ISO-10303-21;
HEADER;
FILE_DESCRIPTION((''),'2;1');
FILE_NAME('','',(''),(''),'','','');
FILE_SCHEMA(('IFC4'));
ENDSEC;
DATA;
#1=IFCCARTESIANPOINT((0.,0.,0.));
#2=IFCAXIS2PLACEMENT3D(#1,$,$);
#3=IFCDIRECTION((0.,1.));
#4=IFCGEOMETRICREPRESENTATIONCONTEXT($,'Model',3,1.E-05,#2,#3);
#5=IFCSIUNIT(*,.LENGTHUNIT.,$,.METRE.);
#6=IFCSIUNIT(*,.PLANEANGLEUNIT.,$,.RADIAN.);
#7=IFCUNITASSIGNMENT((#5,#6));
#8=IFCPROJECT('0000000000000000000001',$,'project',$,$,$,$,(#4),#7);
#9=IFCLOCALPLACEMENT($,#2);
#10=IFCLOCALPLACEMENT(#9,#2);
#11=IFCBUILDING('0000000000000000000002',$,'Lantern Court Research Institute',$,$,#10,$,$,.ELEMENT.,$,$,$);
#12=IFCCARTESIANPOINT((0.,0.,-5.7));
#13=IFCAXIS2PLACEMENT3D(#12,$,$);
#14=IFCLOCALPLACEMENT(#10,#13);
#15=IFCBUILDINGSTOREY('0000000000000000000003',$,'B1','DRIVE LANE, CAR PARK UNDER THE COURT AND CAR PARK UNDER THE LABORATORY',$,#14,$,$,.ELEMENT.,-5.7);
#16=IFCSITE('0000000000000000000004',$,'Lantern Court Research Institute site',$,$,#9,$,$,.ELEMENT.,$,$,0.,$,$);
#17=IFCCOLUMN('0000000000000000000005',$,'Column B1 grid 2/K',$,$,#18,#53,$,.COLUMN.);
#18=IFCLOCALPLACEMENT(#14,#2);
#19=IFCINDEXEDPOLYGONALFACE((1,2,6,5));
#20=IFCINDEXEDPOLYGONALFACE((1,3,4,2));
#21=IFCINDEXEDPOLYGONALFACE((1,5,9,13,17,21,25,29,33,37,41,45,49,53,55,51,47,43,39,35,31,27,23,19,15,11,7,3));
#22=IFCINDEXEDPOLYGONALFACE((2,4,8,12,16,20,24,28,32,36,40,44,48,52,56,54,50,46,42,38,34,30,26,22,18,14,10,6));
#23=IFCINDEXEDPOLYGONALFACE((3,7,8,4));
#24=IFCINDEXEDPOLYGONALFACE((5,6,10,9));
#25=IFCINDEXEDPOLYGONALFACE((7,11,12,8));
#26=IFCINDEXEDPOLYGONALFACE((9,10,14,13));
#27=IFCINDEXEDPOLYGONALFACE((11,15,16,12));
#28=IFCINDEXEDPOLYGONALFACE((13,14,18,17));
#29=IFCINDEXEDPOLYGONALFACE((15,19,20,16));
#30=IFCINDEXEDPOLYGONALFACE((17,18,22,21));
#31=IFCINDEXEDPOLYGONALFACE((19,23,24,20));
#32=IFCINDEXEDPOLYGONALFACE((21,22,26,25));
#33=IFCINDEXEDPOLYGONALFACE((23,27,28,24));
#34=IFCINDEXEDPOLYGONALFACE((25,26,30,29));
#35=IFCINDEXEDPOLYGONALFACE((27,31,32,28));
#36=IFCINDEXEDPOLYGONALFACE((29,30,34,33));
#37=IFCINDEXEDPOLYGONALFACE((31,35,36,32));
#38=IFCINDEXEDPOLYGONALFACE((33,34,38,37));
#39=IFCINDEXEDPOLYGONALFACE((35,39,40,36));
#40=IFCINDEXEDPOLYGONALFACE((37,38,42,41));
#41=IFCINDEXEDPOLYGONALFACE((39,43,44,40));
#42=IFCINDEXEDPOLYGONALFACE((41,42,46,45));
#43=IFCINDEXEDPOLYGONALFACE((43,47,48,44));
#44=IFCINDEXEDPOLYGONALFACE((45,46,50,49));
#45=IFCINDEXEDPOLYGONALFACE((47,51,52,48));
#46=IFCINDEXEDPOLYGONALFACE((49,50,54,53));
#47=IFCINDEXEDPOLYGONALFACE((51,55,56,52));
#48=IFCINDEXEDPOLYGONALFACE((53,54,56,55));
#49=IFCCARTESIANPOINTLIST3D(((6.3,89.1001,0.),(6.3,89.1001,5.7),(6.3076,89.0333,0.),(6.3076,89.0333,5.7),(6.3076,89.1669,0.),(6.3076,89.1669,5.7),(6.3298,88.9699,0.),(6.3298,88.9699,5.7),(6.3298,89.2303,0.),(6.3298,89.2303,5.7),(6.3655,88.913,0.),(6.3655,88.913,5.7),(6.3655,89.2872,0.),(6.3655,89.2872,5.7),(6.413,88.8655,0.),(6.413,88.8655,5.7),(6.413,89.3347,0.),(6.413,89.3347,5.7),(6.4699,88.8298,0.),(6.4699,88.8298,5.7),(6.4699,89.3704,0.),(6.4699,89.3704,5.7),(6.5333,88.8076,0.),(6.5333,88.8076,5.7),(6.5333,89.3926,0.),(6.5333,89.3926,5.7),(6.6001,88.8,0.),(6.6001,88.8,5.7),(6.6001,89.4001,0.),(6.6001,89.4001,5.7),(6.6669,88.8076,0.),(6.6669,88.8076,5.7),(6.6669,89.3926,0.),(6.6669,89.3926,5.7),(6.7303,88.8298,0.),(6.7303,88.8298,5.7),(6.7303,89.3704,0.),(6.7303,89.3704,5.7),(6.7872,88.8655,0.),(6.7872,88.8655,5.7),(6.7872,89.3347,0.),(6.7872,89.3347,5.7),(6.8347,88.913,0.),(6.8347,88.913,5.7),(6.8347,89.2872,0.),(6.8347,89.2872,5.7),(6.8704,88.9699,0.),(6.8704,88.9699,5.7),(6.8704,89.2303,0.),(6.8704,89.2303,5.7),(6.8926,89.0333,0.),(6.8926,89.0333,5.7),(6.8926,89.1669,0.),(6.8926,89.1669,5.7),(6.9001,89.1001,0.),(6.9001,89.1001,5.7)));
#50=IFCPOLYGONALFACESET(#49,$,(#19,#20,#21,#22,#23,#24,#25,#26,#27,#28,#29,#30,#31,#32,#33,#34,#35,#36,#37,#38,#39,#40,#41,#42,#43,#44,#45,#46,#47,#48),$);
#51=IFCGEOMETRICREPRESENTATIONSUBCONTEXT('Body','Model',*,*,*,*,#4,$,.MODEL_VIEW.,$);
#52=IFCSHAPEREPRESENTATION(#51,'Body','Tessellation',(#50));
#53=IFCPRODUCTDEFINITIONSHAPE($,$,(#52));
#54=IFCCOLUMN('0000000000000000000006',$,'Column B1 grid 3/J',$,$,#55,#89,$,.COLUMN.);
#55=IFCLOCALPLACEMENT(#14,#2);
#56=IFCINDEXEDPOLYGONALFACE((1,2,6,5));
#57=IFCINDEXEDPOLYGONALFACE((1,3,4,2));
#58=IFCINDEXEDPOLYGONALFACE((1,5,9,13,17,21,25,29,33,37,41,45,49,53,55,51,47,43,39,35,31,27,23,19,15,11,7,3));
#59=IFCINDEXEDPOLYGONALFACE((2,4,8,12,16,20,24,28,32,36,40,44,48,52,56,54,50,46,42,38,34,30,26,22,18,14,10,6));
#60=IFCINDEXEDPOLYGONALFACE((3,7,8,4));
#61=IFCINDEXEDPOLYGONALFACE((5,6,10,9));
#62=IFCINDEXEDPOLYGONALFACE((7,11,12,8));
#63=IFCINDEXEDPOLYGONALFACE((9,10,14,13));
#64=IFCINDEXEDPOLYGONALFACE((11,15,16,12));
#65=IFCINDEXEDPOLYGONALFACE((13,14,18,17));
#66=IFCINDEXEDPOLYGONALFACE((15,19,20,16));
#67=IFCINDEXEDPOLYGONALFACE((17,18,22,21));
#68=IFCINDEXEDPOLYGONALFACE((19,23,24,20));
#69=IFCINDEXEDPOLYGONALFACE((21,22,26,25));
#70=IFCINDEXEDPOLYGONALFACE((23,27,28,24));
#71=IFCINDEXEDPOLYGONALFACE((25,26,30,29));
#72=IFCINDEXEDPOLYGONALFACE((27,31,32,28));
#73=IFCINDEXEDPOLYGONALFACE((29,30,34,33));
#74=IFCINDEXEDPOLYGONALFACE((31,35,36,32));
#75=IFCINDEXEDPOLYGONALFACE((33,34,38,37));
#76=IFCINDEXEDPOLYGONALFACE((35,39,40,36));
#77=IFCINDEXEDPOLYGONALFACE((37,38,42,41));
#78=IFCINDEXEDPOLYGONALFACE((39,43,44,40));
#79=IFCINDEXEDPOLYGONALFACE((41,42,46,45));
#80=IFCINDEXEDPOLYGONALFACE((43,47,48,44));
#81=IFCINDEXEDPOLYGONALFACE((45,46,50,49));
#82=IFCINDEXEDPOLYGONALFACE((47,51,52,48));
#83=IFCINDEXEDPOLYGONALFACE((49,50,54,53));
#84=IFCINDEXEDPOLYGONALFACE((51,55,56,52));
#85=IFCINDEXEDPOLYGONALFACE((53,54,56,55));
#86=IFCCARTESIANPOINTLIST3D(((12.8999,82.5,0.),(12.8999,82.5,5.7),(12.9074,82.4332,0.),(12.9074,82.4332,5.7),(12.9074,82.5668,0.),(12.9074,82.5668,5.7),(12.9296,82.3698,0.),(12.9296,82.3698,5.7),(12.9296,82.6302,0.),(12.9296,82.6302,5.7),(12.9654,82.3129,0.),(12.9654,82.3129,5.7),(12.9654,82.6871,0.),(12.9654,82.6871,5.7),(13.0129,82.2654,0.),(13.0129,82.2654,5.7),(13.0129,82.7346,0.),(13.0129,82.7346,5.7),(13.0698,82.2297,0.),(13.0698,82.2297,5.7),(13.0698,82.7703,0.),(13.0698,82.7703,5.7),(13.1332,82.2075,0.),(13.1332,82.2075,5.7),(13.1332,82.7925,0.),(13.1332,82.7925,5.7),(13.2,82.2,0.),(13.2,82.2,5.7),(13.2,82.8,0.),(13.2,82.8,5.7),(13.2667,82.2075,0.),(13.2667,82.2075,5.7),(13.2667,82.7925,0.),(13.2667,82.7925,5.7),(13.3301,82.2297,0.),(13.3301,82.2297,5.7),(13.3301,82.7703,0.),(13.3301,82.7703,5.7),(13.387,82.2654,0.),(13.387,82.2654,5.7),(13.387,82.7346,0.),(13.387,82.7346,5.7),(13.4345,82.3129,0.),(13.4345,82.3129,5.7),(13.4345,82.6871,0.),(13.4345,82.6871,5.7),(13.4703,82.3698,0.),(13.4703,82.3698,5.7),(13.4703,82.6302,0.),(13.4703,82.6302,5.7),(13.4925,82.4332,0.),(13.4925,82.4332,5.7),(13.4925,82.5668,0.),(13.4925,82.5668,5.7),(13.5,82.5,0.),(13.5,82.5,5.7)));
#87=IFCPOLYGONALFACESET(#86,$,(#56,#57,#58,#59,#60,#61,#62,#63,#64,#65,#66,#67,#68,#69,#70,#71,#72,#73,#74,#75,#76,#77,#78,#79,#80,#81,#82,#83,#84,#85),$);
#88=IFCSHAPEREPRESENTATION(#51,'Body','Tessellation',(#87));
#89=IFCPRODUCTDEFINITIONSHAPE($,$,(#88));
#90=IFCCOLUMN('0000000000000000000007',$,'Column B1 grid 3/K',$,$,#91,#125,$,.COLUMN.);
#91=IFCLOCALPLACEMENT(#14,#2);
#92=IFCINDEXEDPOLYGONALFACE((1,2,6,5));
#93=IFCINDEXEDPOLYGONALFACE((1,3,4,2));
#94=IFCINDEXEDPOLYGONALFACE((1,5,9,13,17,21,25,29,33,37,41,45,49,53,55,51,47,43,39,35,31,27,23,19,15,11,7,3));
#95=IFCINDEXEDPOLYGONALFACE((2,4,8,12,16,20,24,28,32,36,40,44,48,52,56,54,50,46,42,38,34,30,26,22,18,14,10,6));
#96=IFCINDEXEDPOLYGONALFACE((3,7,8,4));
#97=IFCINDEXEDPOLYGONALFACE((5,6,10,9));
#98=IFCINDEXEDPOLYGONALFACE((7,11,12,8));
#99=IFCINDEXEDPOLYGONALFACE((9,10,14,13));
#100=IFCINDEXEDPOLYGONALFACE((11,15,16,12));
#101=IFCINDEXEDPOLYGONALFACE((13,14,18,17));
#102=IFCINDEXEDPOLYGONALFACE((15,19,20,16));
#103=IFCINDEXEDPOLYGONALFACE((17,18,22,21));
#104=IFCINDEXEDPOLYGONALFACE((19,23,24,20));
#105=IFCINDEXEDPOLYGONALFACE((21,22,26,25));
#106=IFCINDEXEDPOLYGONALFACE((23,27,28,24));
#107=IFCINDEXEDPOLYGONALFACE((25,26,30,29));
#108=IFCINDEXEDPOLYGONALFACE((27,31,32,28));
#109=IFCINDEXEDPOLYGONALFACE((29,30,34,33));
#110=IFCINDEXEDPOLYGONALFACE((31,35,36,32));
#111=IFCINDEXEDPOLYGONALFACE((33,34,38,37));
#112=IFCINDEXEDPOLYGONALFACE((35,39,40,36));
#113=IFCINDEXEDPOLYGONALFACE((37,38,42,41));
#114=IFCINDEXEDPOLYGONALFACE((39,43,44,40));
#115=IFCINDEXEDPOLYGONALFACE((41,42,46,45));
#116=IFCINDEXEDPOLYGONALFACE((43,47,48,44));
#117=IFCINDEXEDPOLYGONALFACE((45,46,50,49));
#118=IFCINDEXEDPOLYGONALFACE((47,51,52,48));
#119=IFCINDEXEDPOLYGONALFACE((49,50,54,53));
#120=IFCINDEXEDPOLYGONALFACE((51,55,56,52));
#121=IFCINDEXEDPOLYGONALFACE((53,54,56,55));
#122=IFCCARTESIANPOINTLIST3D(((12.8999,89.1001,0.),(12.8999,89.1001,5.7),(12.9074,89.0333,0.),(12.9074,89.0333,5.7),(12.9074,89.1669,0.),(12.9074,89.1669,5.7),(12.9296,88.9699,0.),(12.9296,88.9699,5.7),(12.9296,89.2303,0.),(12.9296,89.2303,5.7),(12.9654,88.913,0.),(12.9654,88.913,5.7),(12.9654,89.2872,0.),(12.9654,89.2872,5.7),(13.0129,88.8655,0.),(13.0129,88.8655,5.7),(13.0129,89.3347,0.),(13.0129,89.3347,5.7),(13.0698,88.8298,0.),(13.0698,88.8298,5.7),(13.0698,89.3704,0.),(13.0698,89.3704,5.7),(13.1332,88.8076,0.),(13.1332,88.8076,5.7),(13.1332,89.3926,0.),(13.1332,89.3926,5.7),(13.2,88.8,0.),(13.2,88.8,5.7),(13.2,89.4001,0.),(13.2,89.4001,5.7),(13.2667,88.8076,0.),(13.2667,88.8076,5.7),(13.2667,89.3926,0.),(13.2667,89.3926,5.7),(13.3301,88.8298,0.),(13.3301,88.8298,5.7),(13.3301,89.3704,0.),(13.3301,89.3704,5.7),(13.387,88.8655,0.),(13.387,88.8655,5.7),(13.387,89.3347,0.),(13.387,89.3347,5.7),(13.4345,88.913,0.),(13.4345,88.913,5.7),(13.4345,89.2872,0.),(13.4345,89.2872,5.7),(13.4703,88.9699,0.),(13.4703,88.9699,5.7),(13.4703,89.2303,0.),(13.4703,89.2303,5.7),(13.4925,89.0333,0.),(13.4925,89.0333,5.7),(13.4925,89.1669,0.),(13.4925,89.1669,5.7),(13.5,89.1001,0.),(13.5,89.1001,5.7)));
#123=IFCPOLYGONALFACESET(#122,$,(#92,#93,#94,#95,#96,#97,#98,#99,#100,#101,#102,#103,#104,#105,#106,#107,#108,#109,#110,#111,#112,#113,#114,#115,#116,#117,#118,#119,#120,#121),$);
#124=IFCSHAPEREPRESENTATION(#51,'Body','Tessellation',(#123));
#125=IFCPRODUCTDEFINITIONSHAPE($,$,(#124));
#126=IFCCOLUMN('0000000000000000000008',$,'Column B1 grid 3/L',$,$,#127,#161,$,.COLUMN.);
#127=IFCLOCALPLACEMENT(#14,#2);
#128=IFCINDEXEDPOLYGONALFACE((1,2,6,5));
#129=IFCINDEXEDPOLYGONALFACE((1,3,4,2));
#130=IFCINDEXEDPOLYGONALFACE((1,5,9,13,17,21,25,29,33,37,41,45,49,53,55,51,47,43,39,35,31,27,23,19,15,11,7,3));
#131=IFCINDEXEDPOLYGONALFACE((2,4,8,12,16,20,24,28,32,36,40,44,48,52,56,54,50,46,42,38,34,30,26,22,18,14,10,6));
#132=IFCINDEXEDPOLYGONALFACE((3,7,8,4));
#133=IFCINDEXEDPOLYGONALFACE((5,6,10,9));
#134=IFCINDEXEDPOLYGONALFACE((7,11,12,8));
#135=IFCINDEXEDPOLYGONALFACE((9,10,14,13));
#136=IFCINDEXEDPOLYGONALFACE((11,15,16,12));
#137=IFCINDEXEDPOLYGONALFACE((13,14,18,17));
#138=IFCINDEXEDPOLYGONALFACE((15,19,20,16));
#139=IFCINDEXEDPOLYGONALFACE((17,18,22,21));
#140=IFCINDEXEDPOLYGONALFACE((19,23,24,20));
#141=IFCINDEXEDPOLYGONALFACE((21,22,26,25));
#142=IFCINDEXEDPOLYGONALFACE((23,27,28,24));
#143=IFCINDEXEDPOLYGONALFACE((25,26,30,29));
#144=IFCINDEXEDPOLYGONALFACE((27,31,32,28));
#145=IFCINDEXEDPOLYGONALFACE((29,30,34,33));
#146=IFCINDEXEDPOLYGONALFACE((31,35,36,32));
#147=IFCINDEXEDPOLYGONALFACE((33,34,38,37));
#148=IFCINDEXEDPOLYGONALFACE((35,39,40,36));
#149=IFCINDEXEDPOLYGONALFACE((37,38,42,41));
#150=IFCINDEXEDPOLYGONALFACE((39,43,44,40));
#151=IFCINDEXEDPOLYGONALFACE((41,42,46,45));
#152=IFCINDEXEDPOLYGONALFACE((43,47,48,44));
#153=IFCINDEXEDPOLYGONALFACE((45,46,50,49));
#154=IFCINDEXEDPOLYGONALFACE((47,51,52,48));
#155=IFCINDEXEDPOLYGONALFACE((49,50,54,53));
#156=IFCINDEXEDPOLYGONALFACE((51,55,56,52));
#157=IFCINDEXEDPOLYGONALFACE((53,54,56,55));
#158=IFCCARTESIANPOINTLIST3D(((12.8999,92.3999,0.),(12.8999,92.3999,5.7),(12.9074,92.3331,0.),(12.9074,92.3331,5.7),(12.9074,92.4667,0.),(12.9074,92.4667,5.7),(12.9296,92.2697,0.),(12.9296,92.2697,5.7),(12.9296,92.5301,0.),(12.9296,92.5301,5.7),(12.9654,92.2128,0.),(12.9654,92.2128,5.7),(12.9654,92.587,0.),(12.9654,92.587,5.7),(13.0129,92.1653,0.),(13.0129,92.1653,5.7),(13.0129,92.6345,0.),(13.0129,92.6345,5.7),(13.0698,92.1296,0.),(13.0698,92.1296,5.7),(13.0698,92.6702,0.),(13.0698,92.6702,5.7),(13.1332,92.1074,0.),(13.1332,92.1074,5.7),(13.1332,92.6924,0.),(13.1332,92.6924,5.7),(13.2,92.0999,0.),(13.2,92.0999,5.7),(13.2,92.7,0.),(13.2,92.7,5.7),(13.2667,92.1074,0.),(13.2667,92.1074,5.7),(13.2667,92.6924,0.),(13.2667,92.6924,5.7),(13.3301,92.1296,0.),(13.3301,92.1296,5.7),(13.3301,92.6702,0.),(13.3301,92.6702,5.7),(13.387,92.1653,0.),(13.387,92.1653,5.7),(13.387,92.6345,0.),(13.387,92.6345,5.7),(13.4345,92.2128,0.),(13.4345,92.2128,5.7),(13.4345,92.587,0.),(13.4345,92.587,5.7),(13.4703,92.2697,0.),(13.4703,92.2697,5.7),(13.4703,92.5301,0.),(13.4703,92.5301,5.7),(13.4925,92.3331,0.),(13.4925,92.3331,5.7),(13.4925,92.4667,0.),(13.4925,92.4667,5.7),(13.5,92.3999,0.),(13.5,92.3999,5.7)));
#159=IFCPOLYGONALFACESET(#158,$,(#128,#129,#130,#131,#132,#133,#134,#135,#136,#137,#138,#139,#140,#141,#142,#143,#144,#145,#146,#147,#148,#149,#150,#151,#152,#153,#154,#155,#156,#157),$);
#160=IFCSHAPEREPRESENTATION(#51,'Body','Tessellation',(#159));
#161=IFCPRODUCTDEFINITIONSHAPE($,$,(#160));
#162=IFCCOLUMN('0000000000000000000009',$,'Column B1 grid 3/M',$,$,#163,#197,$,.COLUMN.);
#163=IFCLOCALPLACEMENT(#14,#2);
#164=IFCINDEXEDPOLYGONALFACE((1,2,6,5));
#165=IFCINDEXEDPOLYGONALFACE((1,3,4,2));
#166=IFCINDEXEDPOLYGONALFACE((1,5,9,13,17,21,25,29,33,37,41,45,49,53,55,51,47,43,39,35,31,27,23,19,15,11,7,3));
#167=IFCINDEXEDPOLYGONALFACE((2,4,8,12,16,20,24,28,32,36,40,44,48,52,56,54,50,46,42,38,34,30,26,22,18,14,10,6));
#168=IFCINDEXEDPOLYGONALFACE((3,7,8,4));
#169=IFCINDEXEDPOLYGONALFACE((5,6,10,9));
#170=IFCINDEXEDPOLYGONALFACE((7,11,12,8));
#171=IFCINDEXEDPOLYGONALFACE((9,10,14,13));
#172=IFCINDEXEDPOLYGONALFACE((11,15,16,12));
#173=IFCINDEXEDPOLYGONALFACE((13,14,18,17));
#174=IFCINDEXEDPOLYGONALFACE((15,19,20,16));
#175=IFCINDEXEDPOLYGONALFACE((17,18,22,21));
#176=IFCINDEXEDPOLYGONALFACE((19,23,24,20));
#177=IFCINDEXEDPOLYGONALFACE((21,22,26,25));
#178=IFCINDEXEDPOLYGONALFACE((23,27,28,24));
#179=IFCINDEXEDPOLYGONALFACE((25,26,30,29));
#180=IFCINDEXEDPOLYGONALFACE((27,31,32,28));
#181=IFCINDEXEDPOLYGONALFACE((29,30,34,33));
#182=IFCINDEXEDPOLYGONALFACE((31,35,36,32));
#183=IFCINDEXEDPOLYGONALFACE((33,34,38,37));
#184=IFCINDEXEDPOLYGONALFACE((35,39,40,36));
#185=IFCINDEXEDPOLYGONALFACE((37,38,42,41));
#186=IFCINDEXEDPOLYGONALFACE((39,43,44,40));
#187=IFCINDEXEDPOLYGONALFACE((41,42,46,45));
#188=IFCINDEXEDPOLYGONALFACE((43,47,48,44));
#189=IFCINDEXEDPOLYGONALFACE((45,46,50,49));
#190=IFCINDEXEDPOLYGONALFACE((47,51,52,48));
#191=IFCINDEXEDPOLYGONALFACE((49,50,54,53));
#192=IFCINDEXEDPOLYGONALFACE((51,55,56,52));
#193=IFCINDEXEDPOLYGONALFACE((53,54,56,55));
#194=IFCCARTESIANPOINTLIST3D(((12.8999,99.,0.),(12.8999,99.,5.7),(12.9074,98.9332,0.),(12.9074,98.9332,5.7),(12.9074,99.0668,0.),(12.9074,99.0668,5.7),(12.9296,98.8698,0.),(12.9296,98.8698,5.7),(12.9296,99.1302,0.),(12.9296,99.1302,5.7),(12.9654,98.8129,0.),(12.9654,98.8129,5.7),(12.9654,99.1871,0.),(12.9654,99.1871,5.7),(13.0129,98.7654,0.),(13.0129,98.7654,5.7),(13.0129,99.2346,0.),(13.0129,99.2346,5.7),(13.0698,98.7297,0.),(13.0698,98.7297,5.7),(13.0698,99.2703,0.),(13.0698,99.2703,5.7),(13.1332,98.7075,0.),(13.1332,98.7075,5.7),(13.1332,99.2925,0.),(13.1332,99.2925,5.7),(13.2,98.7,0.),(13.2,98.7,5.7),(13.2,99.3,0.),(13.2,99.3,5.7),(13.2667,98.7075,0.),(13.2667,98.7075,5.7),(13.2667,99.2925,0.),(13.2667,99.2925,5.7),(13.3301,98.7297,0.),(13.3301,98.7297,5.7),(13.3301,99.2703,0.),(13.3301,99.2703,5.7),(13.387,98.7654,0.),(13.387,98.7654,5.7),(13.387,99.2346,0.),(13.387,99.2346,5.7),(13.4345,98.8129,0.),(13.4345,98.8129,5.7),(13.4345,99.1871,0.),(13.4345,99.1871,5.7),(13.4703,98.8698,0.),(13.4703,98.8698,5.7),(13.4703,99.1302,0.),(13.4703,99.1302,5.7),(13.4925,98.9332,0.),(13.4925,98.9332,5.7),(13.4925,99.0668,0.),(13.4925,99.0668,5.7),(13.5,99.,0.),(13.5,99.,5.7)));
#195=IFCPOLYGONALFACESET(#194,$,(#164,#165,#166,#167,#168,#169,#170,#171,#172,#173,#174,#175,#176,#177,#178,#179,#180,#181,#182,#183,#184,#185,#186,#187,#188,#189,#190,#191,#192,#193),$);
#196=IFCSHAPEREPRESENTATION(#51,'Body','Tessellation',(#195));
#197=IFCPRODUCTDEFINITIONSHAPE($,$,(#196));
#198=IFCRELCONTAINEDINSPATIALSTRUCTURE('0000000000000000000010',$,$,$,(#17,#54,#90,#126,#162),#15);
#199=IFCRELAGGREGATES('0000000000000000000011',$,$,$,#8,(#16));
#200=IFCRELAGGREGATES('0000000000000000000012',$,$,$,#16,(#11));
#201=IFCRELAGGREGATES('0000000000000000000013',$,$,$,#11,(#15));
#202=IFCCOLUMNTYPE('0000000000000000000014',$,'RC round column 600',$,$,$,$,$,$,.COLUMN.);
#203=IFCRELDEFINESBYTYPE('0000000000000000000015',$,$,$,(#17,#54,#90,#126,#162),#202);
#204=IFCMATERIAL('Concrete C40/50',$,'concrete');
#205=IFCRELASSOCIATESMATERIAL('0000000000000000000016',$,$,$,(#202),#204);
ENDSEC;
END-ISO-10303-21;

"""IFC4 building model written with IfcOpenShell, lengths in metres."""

from ifc_helpers import new_model, si_unit, direction, frame, origin, origin_2d, place, context, subcontext, project, spatial, circle, extrude, material, material_profile, profile_set, type_object, element, save


model = new_model("IFC4")

# Units and contexts
model_context = context("Model", 3, precision=1e-05, world=origin(), true_north=direction((0.0, 1.0)))
body_context = subcontext(model_context, "Body", "Model", "MODEL_VIEW")
ifc_project = project(units=[si_unit("LENGTHUNIT", "METRE"), si_unit("PLANEANGLEUNIT", "RADIAN")], contexts=[model_context])

# Site, building, storey
site_placement = place(None, origin())
site = spatial("IfcSite", under=ifc_project, at=site_placement, Name="Lantern Court Research Institute site", CompositionType="ELEMENT", RefElevation=0.0)
building_placement = place(site_placement, origin())
building = spatial("IfcBuilding", under=site, at=building_placement, Name="Lantern Court Research Institute", CompositionType="ELEMENT")
storey_placement = place(building_placement, frame((0.0, 0.0, -5.7)))
storey = spatial("IfcBuildingStorey", under=building, at=storey_placement, Name="B1", Description="DRIVE LANE, CAR PARK UNDER THE COURT AND CAR PARK UNDER THE LABORATORY", CompositionType="ELEMENT", Elevation=-5.7)

# Columns
ifc_material_1 = material(Name="Concrete C40/50", Category="concrete")
ifc_material_profile_1 = material_profile(ifc_material_1, circle(Radius=0.3, at=origin_2d()), Name="RC round column 600")
ifc_profile_set_1 = profile_set([ifc_material_profile_1], Name="Concrete C40/50")
column_type = type_object("IfcColumnType", Name="RC round column 600", PredefinedType="COLUMN", material=ifc_profile_set_1)
for number, where, z_axis, x_axis, name in (
    (1, (6.6001, 89.1001, 0.0), (0.0, 0.0, 1.0), (1.0, 0.0, 0.0), "Column B1 grid 2/K"),
    (2, (13.2, 82.5, 0.0), (0.0, 0.0, 1.0), (1.0, 0.0, 0.0), "Column B1 grid 3/J"),
    (3, (13.2, 89.1001, 0.0), (0.0, 0.0, 1.0), (1.0, 0.0, 0.0), "Column B1 grid 3/K"),
    (4, (13.2, 92.3999, 0.0), (0.0, 0.0, 1.0), (1.0, 0.0, 0.0), "Column B1 grid 3/L"),
    (5, (13.2, 99.0, 0.0), (0.0, 0.0, 1.0), (1.0, 0.0, 0.0), "Column B1 grid 3/M"),
):
    element("IfcColumn", number, at=place(storey_placement, frame(where, z_axis=z_axis, x_axis=x_axis)), inside=storey, type_object=column_type, Name=name, PredefinedType="COLUMN", context=body_context, shape_type="SweptSolid", body=[
        extrude(circle(Radius=0.3, at=origin_2d()), origin(), (0.0, 0.0, 1.0), 5.7),
    ])

save(model, "model.ifc")
